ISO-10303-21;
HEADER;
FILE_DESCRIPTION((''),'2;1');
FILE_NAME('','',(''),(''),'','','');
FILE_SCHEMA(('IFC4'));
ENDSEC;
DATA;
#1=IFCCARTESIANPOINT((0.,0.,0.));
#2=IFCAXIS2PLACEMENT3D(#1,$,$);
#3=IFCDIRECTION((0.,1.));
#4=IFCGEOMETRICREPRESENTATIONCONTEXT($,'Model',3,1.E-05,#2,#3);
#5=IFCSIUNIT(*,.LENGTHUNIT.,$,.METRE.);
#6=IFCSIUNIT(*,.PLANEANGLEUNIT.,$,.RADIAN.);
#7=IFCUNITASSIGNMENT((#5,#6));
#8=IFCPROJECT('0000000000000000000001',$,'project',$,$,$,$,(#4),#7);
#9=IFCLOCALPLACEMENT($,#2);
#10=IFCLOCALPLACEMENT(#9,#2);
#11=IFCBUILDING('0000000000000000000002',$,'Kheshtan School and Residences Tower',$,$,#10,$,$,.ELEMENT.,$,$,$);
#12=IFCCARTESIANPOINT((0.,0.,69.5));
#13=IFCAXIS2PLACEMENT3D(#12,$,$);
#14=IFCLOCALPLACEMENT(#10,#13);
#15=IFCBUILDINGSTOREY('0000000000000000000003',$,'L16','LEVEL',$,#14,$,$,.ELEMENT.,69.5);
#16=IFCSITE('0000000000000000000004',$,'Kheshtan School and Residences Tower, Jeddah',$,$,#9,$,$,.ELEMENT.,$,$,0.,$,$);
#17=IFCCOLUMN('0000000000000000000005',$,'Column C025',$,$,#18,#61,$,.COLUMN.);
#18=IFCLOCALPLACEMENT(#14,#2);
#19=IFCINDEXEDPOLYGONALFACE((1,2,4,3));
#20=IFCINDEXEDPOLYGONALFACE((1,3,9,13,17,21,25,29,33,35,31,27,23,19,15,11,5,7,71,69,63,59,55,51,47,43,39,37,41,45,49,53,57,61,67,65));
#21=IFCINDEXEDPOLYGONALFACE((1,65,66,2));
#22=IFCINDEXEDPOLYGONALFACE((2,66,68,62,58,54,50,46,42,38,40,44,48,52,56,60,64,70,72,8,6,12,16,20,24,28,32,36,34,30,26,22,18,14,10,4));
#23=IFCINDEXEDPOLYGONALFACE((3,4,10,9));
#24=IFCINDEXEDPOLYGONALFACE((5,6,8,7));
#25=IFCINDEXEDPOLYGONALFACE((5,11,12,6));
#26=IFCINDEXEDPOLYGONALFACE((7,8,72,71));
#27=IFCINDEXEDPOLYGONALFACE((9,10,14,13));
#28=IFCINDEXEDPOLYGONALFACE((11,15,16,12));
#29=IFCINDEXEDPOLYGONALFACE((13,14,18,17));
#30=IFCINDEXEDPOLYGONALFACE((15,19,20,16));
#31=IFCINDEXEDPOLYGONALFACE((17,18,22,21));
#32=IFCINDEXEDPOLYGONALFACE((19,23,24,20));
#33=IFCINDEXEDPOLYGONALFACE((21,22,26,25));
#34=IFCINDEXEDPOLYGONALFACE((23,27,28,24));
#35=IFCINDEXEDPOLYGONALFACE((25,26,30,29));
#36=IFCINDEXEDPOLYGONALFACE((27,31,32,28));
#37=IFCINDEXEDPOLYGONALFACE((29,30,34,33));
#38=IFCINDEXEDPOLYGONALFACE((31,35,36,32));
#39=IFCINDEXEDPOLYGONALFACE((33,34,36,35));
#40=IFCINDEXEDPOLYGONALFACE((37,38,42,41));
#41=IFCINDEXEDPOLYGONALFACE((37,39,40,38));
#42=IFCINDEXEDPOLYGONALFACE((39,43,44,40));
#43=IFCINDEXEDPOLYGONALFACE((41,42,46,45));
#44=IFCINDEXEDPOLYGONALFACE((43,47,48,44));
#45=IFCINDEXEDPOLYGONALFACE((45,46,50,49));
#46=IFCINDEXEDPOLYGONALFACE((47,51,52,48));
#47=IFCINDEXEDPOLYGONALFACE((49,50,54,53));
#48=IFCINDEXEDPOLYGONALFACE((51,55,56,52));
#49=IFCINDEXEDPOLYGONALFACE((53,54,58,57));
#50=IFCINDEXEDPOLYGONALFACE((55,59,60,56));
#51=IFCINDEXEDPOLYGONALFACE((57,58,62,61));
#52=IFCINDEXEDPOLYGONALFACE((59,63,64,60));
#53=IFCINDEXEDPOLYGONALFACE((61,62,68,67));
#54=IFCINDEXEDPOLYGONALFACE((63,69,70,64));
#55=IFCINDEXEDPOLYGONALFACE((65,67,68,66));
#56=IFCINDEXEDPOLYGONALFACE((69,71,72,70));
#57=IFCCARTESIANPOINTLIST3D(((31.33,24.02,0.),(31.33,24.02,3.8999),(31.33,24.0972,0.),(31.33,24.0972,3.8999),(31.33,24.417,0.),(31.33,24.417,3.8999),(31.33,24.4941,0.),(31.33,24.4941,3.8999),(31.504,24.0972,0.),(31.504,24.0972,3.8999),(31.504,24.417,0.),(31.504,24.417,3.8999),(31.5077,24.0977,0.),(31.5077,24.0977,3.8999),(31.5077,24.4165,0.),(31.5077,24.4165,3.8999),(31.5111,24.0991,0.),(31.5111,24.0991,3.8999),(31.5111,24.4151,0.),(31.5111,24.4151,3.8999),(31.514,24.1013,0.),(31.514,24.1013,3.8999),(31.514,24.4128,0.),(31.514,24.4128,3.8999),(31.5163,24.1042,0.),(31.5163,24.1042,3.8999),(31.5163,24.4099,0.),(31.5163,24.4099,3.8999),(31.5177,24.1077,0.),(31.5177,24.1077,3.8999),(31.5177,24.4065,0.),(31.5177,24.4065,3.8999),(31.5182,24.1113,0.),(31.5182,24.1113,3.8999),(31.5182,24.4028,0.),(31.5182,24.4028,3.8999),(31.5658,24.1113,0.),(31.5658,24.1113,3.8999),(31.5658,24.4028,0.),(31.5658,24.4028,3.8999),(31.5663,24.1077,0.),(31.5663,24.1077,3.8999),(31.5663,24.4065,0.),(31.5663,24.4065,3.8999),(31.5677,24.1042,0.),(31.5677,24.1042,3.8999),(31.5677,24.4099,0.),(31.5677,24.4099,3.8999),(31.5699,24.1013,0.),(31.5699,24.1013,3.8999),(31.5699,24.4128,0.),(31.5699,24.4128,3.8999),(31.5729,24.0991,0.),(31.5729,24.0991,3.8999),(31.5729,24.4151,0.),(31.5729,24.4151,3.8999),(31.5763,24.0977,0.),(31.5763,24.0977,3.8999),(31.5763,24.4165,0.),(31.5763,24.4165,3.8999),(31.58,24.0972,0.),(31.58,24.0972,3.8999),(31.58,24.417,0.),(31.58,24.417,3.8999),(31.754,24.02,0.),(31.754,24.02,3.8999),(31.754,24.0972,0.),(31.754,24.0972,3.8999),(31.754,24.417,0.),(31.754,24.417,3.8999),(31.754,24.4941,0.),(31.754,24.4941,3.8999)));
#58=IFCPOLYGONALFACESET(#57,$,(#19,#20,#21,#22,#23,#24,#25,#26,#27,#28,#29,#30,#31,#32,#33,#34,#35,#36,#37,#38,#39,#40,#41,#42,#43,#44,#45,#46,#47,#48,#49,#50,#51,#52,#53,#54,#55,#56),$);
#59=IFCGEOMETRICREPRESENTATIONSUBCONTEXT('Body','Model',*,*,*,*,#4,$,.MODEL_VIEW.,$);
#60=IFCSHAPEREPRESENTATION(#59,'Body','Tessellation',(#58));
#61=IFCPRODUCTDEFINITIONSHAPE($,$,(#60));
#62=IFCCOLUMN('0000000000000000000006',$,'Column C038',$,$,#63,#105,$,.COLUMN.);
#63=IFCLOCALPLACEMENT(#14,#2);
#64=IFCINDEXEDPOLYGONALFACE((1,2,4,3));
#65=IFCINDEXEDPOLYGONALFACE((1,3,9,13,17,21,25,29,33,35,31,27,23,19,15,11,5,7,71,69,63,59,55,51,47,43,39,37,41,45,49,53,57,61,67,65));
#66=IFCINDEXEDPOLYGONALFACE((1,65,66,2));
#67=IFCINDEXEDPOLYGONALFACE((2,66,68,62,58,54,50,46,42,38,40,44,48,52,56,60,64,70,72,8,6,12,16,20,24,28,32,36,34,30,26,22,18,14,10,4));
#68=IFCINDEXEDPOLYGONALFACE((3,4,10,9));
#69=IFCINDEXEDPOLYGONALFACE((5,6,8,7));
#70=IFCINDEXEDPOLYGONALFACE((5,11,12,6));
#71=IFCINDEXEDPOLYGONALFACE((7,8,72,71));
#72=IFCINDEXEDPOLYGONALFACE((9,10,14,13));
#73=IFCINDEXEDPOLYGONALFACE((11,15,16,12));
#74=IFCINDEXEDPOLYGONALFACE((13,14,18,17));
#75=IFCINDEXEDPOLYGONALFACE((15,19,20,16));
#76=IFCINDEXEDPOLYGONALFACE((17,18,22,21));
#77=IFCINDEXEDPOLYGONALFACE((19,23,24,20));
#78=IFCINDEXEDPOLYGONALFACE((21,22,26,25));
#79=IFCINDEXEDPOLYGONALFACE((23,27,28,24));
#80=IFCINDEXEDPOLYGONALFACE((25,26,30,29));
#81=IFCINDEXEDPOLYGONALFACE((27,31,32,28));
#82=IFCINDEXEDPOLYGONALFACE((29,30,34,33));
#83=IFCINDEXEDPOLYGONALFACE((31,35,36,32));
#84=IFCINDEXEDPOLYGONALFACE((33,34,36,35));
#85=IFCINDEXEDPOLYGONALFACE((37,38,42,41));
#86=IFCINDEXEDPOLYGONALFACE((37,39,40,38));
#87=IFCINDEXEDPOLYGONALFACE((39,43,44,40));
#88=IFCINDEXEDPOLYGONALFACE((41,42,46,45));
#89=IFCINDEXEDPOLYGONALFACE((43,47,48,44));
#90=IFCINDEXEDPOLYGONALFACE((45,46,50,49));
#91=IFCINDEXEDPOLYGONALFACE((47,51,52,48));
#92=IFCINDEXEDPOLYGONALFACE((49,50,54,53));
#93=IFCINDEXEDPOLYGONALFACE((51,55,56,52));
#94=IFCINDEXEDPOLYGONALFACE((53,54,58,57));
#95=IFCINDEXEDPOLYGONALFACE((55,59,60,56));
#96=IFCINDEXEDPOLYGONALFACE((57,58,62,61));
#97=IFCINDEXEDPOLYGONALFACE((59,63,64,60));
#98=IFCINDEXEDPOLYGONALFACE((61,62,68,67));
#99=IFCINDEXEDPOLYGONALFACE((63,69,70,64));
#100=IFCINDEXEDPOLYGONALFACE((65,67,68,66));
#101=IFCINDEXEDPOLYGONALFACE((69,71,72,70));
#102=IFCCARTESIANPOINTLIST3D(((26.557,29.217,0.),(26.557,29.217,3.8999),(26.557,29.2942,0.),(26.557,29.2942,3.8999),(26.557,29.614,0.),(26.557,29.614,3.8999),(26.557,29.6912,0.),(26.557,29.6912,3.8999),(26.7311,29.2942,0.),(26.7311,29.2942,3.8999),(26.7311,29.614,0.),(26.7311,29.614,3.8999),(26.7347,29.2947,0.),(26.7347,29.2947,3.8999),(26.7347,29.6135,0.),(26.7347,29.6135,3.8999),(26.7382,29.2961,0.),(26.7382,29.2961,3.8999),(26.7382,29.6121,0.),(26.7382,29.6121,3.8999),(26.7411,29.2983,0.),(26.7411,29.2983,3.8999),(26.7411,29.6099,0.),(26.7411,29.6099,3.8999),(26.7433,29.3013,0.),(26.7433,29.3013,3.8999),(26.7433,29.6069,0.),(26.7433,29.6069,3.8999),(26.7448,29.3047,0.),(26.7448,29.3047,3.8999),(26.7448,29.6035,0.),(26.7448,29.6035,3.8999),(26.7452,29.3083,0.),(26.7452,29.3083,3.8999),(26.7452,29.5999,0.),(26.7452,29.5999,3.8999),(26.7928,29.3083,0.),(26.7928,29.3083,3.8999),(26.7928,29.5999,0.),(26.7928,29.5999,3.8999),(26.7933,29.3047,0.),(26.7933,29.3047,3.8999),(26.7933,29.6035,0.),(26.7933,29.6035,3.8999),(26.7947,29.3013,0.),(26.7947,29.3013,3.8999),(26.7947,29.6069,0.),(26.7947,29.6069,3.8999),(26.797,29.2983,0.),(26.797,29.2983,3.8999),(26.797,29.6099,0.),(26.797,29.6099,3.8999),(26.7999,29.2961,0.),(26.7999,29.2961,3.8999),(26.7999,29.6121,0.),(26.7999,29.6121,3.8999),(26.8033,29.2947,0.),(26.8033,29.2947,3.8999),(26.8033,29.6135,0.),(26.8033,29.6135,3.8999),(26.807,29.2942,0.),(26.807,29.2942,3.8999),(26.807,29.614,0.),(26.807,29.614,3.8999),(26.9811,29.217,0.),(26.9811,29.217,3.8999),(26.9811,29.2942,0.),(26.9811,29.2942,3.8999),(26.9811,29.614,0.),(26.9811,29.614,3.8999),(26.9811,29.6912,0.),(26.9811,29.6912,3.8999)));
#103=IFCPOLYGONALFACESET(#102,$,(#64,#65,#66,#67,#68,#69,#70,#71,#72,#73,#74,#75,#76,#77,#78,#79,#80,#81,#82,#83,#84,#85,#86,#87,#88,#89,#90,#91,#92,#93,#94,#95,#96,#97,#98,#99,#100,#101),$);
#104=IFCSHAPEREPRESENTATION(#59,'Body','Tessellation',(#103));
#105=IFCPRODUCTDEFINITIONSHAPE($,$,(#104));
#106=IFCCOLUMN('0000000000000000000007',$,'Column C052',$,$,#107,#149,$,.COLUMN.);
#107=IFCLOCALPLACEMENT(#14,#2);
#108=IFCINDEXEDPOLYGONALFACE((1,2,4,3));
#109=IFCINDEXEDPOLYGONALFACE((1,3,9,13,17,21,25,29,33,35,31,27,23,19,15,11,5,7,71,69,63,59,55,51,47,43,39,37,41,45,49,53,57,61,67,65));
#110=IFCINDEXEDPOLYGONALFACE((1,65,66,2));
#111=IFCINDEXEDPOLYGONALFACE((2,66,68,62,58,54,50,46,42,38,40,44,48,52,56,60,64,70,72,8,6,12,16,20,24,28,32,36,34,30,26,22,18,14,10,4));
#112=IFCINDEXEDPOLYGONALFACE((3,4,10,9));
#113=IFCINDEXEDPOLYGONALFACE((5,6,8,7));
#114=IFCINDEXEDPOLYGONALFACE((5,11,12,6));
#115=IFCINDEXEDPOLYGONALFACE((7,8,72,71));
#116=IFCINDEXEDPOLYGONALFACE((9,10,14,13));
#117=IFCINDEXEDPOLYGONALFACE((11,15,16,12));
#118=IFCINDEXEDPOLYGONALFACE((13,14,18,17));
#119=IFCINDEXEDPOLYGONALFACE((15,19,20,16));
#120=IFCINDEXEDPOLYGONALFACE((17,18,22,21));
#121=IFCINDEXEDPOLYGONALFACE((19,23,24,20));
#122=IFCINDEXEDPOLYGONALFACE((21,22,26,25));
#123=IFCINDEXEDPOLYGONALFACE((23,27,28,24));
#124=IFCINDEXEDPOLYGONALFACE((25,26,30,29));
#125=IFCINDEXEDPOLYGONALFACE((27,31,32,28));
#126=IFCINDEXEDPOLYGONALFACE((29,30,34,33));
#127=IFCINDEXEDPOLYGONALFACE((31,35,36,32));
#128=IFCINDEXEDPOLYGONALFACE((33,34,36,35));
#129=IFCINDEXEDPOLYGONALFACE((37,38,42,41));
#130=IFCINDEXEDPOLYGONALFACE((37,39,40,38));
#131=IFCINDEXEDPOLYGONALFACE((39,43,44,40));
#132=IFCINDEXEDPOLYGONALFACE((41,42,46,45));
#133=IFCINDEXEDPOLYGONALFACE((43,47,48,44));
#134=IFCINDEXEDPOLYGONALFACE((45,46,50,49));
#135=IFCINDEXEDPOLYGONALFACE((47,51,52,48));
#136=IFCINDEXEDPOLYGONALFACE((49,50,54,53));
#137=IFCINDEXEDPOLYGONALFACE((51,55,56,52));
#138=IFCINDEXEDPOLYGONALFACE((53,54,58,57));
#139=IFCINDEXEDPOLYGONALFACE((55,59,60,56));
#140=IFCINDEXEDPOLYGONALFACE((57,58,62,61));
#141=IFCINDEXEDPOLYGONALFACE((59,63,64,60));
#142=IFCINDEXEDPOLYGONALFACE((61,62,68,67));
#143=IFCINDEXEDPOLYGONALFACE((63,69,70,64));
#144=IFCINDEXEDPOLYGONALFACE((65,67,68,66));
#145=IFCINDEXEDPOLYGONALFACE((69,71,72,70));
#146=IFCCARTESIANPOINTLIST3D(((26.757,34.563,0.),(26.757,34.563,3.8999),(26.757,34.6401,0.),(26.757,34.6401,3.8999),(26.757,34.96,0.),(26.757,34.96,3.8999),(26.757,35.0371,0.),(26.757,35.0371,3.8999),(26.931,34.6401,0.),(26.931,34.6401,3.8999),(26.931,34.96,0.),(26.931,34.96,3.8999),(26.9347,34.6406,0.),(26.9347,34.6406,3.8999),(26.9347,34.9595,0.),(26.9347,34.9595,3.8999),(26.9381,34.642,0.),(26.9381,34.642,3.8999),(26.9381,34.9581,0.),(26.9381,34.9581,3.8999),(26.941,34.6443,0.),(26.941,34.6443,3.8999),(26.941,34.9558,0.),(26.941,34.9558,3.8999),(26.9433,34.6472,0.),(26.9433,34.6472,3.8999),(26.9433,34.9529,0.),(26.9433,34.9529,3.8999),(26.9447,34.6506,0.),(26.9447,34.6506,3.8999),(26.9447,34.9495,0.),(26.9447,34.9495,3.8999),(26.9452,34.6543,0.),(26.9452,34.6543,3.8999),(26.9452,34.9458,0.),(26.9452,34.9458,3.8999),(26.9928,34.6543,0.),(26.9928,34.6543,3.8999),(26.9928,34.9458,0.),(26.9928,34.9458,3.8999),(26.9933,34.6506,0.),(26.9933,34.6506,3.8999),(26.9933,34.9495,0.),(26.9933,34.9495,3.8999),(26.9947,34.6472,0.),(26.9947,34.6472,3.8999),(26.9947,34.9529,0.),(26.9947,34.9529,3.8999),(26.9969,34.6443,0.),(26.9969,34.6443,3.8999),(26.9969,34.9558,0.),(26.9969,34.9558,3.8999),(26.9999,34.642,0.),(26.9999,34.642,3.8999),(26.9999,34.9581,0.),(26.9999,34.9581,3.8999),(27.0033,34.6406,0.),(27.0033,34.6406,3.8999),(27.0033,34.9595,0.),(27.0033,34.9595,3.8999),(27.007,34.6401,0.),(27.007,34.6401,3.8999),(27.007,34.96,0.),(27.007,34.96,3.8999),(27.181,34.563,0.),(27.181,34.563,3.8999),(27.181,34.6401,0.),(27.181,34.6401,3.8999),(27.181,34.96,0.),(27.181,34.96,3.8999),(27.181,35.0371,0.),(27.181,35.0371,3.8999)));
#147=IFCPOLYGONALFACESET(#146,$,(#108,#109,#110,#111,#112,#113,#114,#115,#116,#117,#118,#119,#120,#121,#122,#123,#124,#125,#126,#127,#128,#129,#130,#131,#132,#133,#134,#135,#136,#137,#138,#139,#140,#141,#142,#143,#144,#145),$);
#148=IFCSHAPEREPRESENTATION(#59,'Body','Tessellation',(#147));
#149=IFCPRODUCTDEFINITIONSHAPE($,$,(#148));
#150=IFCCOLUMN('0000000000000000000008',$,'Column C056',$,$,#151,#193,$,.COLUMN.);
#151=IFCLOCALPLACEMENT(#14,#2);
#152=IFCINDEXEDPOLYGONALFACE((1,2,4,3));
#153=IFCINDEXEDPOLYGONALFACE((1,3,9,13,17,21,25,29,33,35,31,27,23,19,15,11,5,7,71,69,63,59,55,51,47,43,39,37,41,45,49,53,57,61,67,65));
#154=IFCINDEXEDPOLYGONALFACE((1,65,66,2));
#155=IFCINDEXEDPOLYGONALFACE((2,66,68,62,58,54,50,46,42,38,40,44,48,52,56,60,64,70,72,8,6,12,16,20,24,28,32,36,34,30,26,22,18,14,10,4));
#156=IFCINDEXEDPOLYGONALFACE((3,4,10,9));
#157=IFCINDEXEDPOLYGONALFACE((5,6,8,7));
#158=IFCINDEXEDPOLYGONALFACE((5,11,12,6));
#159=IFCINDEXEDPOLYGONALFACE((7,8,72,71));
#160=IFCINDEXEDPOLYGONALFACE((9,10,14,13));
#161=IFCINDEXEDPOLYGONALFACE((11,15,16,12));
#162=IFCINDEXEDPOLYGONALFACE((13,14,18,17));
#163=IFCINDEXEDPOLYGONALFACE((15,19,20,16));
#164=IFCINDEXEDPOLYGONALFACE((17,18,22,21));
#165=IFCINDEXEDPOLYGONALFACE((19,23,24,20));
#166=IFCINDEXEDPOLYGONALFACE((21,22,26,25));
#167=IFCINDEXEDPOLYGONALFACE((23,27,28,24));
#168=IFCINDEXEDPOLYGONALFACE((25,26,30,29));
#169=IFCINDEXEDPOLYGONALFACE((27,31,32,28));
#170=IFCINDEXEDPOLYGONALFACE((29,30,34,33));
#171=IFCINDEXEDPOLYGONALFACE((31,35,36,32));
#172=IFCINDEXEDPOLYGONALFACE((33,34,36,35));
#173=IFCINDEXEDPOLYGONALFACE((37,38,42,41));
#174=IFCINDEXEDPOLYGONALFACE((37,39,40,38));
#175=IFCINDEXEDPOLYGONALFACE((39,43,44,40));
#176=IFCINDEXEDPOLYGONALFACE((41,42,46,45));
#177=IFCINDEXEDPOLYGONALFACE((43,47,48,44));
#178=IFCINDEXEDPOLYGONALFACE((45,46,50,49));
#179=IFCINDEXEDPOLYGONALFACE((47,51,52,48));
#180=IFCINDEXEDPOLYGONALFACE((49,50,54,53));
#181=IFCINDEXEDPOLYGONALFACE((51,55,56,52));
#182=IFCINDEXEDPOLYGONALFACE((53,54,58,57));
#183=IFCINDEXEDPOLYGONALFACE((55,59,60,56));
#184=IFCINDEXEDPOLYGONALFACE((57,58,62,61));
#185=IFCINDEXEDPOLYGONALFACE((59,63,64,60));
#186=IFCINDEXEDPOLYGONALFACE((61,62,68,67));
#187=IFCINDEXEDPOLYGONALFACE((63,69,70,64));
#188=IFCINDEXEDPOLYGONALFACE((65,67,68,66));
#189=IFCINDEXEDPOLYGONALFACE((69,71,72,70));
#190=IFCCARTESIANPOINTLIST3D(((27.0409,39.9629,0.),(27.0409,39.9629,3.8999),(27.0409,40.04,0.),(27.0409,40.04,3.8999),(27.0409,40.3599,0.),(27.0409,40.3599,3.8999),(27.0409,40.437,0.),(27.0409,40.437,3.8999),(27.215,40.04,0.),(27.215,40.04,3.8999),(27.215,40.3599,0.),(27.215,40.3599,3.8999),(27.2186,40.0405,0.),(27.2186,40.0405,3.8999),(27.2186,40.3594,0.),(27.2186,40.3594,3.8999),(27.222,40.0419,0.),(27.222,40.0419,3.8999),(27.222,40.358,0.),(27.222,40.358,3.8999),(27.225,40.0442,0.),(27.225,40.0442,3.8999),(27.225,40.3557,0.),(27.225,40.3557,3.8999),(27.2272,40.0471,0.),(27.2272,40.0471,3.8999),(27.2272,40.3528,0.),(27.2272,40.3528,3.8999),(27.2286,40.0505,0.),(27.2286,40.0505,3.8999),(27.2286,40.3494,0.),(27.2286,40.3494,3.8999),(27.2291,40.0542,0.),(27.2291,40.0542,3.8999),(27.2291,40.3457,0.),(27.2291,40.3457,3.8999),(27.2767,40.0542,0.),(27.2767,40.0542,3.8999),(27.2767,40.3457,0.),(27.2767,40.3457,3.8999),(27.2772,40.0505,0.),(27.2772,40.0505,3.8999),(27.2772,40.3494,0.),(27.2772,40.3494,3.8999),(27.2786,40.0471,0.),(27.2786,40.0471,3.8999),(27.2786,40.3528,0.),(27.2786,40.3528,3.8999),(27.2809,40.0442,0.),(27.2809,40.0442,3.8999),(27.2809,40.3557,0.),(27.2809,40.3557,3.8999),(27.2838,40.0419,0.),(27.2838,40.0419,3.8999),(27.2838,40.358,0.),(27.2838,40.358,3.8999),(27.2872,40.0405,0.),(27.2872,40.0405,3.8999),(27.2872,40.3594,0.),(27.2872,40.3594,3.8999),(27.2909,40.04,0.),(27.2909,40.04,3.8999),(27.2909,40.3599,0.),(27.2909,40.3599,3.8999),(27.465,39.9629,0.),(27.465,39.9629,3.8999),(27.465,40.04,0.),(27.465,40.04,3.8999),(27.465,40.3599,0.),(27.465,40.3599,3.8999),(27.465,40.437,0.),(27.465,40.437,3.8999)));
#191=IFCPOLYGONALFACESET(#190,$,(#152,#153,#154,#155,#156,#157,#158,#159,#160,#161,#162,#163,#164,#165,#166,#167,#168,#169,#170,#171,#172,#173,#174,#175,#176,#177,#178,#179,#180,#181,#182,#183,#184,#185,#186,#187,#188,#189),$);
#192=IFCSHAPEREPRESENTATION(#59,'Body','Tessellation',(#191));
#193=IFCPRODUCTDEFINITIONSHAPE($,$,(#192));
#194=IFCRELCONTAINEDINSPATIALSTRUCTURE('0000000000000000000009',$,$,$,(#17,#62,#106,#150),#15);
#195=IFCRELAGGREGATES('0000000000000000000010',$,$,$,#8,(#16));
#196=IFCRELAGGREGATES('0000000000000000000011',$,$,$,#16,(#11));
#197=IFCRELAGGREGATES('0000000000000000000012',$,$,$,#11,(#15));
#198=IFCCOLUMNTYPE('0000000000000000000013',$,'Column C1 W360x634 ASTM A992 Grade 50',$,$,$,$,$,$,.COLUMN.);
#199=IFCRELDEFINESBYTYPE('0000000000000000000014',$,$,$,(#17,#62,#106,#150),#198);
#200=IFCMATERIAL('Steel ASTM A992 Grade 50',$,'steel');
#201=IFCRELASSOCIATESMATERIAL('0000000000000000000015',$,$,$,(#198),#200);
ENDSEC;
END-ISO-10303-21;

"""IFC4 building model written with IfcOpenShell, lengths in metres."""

from ifc_helpers import new_model, si_unit, direction, frame, origin, origin_2d, place, context, subcontext, project, spatial, i_section, extrude, material, material_profile, profile_set, type_object, element, save


model = new_model("IFC4")

# Units and contexts
model_context = context("Model", 3, precision=1e-05, world=origin(), true_north=direction((0.0, 1.0)))
body_context = subcontext(model_context, "Body", "Model", "MODEL_VIEW")
ifc_project = project(units=[si_unit("LENGTHUNIT", "METRE"), si_unit("PLANEANGLEUNIT", "RADIAN")], contexts=[model_context])

# Site, building, storey
site_placement = place(None, origin())
site = spatial("IfcSite", under=ifc_project, at=site_placement, Name="Kheshtan School and Residences Tower, Jeddah", CompositionType="ELEMENT", RefElevation=0.0)
building_placement = place(site_placement, origin())
building = spatial("IfcBuilding", under=site, at=building_placement, Name="Kheshtan School and Residences Tower", CompositionType="ELEMENT")
storey_placement = place(building_placement, frame((0.0, 0.0, 69.5)))
storey = spatial("IfcBuildingStorey", under=building, at=storey_placement, Name="L16", Description="LEVEL", CompositionType="ELEMENT", Elevation=69.5)

# Columns
ifc_material_1 = material(Name="Steel ASTM A992 Grade 50", Category="steel")
ifc_material_profile_1 = material_profile(ifc_material_1, i_section(OverallWidth=0.4241, OverallDepth=0.4741, WebThickness=0.0476, FlangeThickness=0.0771, FilletRadius=0.0142, at=origin_2d()), Name="W360x634")
ifc_profile_set_1 = profile_set([ifc_material_profile_1], Name="Steel ASTM A992 Grade 50")
column_type = type_object("IfcColumnType", Name="Column C1 W360x634 ASTM A992 Grade 50", PredefinedType="COLUMN", material=ifc_profile_set_1)
for number, where, z_axis, x_axis, name in (
    (1, (31.542, 24.2571, 0.0), (0.0, 0.0, 1.0), (1.0, 0.0, 0.0), "Column C025"),
    (2, (26.769, 29.4541, 0.0), (0.0, 0.0, 1.0), (1.0, 0.0, 0.0), "Column C038"),
    (3, (26.969, 34.8, 0.0), (0.0, 0.0, 1.0), (1.0, 0.0, 0.0), "Column C052"),
    (4, (27.2529, 40.2, 0.0), (0.0, 0.0, 1.0), (1.0, 0.0, 0.0), "Column C056"),
):
    element("IfcColumn", number, at=place(storey_placement, frame(where, z_axis=z_axis, x_axis=x_axis)), inside=storey, type_object=column_type, Name=name, PredefinedType="COLUMN", context=body_context, shape_type="SweptSolid", body=[
        extrude(i_section(OverallWidth=0.4241, OverallDepth=0.4741, WebThickness=0.0476, FlangeThickness=0.0771, FilletRadius=0.0142, at=origin_2d()), origin(), (0.0, 0.0, 1.0), 3.8999),
    ])

save(model, "model.ifc")
